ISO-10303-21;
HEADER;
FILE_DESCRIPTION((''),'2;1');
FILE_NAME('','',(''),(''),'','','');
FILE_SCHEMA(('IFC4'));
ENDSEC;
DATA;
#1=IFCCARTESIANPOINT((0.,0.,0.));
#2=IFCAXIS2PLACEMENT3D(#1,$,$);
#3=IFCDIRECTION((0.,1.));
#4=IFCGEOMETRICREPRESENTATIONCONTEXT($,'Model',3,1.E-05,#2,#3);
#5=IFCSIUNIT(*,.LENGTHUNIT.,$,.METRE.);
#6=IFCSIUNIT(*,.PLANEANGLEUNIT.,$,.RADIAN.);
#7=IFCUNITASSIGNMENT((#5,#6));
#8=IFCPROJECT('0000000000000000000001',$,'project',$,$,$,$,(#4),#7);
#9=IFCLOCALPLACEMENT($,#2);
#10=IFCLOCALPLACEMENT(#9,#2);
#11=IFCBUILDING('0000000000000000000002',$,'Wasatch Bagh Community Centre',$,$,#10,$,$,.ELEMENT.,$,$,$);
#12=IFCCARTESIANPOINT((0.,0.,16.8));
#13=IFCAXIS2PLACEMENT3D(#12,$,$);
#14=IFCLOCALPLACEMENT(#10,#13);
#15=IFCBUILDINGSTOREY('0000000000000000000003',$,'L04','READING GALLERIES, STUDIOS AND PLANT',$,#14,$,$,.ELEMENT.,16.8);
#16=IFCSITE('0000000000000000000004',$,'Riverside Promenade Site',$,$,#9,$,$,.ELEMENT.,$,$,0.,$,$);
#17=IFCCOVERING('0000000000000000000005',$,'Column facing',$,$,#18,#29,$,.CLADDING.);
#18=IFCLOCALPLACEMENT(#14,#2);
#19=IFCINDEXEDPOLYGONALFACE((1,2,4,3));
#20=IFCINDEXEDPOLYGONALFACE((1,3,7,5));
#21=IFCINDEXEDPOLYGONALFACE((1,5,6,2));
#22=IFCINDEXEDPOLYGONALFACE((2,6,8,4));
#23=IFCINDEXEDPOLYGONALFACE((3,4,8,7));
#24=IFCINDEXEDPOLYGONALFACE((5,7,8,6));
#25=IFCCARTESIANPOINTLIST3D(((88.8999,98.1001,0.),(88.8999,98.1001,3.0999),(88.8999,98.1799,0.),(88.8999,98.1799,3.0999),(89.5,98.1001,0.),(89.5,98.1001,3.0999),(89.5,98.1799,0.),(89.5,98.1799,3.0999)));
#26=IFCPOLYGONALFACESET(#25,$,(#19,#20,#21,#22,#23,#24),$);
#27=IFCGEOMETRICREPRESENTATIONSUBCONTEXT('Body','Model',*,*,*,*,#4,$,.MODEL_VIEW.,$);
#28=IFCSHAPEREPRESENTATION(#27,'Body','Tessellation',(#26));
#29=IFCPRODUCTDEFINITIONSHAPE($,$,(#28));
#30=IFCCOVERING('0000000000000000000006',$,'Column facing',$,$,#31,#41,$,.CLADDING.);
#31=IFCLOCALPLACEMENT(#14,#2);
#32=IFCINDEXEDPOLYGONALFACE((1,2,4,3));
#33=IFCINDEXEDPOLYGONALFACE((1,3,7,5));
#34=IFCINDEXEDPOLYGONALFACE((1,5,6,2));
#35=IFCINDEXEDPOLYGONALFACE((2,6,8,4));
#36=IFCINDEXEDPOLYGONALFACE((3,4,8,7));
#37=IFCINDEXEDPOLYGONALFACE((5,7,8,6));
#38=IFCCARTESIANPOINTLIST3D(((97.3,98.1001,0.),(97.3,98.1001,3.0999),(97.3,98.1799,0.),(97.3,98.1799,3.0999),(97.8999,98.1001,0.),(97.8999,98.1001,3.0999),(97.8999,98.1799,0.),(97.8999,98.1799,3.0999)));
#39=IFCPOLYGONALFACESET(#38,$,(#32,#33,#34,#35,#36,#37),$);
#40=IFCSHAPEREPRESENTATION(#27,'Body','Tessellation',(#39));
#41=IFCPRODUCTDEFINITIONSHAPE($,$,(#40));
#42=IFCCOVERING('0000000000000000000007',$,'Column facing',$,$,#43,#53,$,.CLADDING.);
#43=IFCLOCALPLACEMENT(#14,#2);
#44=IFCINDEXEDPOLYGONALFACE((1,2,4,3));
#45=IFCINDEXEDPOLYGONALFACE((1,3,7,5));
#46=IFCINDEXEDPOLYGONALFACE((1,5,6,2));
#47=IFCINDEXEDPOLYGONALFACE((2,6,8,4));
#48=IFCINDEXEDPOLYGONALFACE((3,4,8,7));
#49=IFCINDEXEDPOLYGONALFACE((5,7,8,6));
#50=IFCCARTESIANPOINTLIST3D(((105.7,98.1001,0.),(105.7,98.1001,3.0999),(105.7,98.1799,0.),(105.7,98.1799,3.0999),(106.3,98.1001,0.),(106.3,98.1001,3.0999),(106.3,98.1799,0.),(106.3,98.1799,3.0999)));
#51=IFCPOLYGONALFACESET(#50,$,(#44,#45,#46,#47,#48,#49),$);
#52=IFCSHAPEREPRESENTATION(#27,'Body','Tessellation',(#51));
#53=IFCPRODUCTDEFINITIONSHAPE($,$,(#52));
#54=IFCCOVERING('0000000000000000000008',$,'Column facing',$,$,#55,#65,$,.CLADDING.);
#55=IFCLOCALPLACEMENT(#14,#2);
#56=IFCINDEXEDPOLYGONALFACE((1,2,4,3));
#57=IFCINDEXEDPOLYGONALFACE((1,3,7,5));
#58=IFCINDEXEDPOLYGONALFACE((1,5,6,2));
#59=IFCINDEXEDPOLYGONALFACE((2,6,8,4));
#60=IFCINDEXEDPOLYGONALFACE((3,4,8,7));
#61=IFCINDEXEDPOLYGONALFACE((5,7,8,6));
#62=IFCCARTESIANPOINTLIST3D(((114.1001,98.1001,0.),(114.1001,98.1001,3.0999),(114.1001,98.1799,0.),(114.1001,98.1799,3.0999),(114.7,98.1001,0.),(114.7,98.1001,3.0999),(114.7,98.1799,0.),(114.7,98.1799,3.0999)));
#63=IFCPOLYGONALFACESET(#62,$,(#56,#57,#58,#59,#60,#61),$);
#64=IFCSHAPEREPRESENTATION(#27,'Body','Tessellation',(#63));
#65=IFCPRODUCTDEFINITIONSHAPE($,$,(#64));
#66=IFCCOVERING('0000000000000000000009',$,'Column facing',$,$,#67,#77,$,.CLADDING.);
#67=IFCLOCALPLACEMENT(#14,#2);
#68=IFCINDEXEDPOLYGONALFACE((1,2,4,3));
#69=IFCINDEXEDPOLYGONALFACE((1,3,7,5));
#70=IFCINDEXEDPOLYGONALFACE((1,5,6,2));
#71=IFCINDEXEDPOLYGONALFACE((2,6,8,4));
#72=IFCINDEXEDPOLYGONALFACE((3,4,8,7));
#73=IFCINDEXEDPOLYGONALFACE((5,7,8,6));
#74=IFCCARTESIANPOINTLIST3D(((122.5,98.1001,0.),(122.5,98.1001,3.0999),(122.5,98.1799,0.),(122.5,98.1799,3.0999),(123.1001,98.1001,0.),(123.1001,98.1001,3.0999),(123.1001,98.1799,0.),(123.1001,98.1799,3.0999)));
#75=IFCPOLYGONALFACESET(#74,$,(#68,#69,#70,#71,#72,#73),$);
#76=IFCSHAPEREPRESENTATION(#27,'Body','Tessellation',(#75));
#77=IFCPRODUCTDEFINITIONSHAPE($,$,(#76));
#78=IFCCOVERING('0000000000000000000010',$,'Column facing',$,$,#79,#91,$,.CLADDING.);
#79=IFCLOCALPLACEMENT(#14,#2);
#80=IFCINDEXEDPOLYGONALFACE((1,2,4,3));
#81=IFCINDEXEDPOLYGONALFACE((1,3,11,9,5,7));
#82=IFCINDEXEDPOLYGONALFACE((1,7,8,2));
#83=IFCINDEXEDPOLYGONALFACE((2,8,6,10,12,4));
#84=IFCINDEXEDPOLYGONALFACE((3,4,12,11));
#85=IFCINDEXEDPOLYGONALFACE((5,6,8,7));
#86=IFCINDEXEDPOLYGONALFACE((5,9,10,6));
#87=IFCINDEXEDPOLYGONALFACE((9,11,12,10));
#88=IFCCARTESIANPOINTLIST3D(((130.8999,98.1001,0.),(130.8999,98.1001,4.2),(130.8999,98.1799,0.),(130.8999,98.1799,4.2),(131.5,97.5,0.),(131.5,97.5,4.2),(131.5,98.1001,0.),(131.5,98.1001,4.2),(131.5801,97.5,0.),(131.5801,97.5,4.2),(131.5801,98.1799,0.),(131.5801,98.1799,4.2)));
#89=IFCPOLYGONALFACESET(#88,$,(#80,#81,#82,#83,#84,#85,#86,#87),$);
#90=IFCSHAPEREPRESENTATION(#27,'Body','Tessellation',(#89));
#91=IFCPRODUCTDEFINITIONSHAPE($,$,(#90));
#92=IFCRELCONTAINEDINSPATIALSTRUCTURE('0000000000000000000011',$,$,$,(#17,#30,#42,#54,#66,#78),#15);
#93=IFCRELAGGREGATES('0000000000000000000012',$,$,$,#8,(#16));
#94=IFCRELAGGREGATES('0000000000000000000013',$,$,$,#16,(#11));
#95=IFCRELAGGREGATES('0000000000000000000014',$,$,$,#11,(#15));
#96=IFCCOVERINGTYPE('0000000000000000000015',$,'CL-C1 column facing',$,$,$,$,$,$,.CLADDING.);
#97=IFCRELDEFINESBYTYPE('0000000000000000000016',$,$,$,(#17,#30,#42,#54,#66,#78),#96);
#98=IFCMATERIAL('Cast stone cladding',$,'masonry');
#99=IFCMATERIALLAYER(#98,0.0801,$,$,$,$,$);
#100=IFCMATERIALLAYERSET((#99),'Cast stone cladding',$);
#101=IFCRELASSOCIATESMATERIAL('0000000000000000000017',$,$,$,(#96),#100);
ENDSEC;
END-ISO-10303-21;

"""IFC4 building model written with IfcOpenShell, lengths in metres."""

from ifc_helpers import new_model, si_unit, direction, frame, origin, place, context, subcontext, project, spatial, polyline, outline, extrude, material, layer, layer_set, type_object, element, save


model = new_model("IFC4")

# Units and contexts
model_context = context("Model", 3, precision=1e-05, world=origin(), true_north=direction((0.0, 1.0)))
body_context = subcontext(model_context, "Body", "Model", "MODEL_VIEW")
ifc_project = project(units=[si_unit("LENGTHUNIT", "METRE"), si_unit("PLANEANGLEUNIT", "RADIAN")], contexts=[model_context])

# Site, building, storey
site_placement = place(None, origin())
site = spatial("IfcSite", under=ifc_project, at=site_placement, Name="Riverside Promenade Site", CompositionType="ELEMENT", RefElevation=0.0)
building_placement = place(site_placement, origin())
building = spatial("IfcBuilding", under=site, at=building_placement, Name="Wasatch Bagh Community Centre", CompositionType="ELEMENT")
storey_placement = place(building_placement, frame((0.0, 0.0, 16.8)))
storey = spatial("IfcBuildingStorey", under=building, at=storey_placement, Name="L04", Description="READING GALLERIES, STUDIOS AND PLANT", CompositionType="ELEMENT", Elevation=16.8)

# Coverings
ifc_material_1 = material(Name="Cast stone cladding", Category="masonry")
ifc_layer_1 = layer(ifc_material_1, 0.0801)
ifc_layer_set_1 = layer_set([ifc_layer_1], Name="Cast stone cladding")
covering_type = type_object("IfcCoveringType", Name="CL-C1 column facing", PredefinedType="CLADDING", material=ifc_layer_set_1)
covering_1_placement = place(storey_placement, origin())
element("IfcCovering", 1, at=covering_1_placement, inside=storey, type_object=covering_type, Name="Column facing", PredefinedType="CLADDING", context=body_context, shape_type="SweptSolid", body=[
    extrude(outline(polyline([(89.5, 98.1001), (88.8999, 98.1001), (88.8999, 98.1799), (89.5, 98.1799), (89.5, 98.1001)])), origin(), (0.0, 0.0, 1.0), 3.0999),
])
covering_2_placement = place(storey_placement, origin())
element("IfcCovering", 2, at=covering_2_placement, inside=storey, type_object=covering_type, Name="Column facing", PredefinedType="CLADDING", context=body_context, shape_type="SweptSolid", body=[
    extrude(outline(polyline([(97.8999, 98.1001), (97.3, 98.1001), (97.3, 98.1799), (97.8999, 98.1799), (97.8999, 98.1001)])), origin(), (0.0, 0.0, 1.0), 3.0999),
])
covering_3_placement = place(storey_placement, origin())
element("IfcCovering", 3, at=covering_3_placement, inside=storey, type_object=covering_type, Name="Column facing", PredefinedType="CLADDING", context=body_context, shape_type="SweptSolid", body=[
    extrude(outline(polyline([(106.3, 98.1001), (105.7, 98.1001), (105.7, 98.1799), (106.3, 98.1799), (106.3, 98.1001)])), origin(), (0.0, 0.0, 1.0), 3.0999),
])
covering_4_placement = place(storey_placement, origin())
element("IfcCovering", 4, at=covering_4_placement, inside=storey, type_object=covering_type, Name="Column facing", PredefinedType="CLADDING", context=body_context, shape_type="SweptSolid", body=[
    extrude(outline(polyline([(114.7, 98.1001), (114.1001, 98.1001), (114.1001, 98.1799), (114.7, 98.1799), (114.7, 98.1001)])), origin(), (0.0, 0.0, 1.0), 3.0999),
])
covering_5_placement = place(storey_placement, origin())
element("IfcCovering", 5, at=covering_5_placement, inside=storey, type_object=covering_type, Name="Column facing", PredefinedType="CLADDING", context=body_context, shape_type="SweptSolid", body=[
    extrude(outline(polyline([(123.1001, 98.1001), (122.5, 98.1001), (122.5, 98.1799), (123.1001, 98.1799), (123.1001, 98.1001)])), origin(), (0.0, 0.0, 1.0), 3.0999),
])
covering_6_placement = place(storey_placement, origin())
element("IfcCovering", 6, at=covering_6_placement, inside=storey, type_object=covering_type, Name="Column facing", PredefinedType="CLADDING", context=body_context, shape_type="SweptSolid", body=[
    extrude(outline(polyline([(131.5, 98.1001), (130.8999, 98.1001), (130.8999, 98.1799), (131.5801, 98.1799), (131.5801, 97.5), (131.5, 97.5), (131.5, 98.1001)])), origin(), (0.0, 0.0, 1.0), 4.2),
])

save(model, "model.ifc")
